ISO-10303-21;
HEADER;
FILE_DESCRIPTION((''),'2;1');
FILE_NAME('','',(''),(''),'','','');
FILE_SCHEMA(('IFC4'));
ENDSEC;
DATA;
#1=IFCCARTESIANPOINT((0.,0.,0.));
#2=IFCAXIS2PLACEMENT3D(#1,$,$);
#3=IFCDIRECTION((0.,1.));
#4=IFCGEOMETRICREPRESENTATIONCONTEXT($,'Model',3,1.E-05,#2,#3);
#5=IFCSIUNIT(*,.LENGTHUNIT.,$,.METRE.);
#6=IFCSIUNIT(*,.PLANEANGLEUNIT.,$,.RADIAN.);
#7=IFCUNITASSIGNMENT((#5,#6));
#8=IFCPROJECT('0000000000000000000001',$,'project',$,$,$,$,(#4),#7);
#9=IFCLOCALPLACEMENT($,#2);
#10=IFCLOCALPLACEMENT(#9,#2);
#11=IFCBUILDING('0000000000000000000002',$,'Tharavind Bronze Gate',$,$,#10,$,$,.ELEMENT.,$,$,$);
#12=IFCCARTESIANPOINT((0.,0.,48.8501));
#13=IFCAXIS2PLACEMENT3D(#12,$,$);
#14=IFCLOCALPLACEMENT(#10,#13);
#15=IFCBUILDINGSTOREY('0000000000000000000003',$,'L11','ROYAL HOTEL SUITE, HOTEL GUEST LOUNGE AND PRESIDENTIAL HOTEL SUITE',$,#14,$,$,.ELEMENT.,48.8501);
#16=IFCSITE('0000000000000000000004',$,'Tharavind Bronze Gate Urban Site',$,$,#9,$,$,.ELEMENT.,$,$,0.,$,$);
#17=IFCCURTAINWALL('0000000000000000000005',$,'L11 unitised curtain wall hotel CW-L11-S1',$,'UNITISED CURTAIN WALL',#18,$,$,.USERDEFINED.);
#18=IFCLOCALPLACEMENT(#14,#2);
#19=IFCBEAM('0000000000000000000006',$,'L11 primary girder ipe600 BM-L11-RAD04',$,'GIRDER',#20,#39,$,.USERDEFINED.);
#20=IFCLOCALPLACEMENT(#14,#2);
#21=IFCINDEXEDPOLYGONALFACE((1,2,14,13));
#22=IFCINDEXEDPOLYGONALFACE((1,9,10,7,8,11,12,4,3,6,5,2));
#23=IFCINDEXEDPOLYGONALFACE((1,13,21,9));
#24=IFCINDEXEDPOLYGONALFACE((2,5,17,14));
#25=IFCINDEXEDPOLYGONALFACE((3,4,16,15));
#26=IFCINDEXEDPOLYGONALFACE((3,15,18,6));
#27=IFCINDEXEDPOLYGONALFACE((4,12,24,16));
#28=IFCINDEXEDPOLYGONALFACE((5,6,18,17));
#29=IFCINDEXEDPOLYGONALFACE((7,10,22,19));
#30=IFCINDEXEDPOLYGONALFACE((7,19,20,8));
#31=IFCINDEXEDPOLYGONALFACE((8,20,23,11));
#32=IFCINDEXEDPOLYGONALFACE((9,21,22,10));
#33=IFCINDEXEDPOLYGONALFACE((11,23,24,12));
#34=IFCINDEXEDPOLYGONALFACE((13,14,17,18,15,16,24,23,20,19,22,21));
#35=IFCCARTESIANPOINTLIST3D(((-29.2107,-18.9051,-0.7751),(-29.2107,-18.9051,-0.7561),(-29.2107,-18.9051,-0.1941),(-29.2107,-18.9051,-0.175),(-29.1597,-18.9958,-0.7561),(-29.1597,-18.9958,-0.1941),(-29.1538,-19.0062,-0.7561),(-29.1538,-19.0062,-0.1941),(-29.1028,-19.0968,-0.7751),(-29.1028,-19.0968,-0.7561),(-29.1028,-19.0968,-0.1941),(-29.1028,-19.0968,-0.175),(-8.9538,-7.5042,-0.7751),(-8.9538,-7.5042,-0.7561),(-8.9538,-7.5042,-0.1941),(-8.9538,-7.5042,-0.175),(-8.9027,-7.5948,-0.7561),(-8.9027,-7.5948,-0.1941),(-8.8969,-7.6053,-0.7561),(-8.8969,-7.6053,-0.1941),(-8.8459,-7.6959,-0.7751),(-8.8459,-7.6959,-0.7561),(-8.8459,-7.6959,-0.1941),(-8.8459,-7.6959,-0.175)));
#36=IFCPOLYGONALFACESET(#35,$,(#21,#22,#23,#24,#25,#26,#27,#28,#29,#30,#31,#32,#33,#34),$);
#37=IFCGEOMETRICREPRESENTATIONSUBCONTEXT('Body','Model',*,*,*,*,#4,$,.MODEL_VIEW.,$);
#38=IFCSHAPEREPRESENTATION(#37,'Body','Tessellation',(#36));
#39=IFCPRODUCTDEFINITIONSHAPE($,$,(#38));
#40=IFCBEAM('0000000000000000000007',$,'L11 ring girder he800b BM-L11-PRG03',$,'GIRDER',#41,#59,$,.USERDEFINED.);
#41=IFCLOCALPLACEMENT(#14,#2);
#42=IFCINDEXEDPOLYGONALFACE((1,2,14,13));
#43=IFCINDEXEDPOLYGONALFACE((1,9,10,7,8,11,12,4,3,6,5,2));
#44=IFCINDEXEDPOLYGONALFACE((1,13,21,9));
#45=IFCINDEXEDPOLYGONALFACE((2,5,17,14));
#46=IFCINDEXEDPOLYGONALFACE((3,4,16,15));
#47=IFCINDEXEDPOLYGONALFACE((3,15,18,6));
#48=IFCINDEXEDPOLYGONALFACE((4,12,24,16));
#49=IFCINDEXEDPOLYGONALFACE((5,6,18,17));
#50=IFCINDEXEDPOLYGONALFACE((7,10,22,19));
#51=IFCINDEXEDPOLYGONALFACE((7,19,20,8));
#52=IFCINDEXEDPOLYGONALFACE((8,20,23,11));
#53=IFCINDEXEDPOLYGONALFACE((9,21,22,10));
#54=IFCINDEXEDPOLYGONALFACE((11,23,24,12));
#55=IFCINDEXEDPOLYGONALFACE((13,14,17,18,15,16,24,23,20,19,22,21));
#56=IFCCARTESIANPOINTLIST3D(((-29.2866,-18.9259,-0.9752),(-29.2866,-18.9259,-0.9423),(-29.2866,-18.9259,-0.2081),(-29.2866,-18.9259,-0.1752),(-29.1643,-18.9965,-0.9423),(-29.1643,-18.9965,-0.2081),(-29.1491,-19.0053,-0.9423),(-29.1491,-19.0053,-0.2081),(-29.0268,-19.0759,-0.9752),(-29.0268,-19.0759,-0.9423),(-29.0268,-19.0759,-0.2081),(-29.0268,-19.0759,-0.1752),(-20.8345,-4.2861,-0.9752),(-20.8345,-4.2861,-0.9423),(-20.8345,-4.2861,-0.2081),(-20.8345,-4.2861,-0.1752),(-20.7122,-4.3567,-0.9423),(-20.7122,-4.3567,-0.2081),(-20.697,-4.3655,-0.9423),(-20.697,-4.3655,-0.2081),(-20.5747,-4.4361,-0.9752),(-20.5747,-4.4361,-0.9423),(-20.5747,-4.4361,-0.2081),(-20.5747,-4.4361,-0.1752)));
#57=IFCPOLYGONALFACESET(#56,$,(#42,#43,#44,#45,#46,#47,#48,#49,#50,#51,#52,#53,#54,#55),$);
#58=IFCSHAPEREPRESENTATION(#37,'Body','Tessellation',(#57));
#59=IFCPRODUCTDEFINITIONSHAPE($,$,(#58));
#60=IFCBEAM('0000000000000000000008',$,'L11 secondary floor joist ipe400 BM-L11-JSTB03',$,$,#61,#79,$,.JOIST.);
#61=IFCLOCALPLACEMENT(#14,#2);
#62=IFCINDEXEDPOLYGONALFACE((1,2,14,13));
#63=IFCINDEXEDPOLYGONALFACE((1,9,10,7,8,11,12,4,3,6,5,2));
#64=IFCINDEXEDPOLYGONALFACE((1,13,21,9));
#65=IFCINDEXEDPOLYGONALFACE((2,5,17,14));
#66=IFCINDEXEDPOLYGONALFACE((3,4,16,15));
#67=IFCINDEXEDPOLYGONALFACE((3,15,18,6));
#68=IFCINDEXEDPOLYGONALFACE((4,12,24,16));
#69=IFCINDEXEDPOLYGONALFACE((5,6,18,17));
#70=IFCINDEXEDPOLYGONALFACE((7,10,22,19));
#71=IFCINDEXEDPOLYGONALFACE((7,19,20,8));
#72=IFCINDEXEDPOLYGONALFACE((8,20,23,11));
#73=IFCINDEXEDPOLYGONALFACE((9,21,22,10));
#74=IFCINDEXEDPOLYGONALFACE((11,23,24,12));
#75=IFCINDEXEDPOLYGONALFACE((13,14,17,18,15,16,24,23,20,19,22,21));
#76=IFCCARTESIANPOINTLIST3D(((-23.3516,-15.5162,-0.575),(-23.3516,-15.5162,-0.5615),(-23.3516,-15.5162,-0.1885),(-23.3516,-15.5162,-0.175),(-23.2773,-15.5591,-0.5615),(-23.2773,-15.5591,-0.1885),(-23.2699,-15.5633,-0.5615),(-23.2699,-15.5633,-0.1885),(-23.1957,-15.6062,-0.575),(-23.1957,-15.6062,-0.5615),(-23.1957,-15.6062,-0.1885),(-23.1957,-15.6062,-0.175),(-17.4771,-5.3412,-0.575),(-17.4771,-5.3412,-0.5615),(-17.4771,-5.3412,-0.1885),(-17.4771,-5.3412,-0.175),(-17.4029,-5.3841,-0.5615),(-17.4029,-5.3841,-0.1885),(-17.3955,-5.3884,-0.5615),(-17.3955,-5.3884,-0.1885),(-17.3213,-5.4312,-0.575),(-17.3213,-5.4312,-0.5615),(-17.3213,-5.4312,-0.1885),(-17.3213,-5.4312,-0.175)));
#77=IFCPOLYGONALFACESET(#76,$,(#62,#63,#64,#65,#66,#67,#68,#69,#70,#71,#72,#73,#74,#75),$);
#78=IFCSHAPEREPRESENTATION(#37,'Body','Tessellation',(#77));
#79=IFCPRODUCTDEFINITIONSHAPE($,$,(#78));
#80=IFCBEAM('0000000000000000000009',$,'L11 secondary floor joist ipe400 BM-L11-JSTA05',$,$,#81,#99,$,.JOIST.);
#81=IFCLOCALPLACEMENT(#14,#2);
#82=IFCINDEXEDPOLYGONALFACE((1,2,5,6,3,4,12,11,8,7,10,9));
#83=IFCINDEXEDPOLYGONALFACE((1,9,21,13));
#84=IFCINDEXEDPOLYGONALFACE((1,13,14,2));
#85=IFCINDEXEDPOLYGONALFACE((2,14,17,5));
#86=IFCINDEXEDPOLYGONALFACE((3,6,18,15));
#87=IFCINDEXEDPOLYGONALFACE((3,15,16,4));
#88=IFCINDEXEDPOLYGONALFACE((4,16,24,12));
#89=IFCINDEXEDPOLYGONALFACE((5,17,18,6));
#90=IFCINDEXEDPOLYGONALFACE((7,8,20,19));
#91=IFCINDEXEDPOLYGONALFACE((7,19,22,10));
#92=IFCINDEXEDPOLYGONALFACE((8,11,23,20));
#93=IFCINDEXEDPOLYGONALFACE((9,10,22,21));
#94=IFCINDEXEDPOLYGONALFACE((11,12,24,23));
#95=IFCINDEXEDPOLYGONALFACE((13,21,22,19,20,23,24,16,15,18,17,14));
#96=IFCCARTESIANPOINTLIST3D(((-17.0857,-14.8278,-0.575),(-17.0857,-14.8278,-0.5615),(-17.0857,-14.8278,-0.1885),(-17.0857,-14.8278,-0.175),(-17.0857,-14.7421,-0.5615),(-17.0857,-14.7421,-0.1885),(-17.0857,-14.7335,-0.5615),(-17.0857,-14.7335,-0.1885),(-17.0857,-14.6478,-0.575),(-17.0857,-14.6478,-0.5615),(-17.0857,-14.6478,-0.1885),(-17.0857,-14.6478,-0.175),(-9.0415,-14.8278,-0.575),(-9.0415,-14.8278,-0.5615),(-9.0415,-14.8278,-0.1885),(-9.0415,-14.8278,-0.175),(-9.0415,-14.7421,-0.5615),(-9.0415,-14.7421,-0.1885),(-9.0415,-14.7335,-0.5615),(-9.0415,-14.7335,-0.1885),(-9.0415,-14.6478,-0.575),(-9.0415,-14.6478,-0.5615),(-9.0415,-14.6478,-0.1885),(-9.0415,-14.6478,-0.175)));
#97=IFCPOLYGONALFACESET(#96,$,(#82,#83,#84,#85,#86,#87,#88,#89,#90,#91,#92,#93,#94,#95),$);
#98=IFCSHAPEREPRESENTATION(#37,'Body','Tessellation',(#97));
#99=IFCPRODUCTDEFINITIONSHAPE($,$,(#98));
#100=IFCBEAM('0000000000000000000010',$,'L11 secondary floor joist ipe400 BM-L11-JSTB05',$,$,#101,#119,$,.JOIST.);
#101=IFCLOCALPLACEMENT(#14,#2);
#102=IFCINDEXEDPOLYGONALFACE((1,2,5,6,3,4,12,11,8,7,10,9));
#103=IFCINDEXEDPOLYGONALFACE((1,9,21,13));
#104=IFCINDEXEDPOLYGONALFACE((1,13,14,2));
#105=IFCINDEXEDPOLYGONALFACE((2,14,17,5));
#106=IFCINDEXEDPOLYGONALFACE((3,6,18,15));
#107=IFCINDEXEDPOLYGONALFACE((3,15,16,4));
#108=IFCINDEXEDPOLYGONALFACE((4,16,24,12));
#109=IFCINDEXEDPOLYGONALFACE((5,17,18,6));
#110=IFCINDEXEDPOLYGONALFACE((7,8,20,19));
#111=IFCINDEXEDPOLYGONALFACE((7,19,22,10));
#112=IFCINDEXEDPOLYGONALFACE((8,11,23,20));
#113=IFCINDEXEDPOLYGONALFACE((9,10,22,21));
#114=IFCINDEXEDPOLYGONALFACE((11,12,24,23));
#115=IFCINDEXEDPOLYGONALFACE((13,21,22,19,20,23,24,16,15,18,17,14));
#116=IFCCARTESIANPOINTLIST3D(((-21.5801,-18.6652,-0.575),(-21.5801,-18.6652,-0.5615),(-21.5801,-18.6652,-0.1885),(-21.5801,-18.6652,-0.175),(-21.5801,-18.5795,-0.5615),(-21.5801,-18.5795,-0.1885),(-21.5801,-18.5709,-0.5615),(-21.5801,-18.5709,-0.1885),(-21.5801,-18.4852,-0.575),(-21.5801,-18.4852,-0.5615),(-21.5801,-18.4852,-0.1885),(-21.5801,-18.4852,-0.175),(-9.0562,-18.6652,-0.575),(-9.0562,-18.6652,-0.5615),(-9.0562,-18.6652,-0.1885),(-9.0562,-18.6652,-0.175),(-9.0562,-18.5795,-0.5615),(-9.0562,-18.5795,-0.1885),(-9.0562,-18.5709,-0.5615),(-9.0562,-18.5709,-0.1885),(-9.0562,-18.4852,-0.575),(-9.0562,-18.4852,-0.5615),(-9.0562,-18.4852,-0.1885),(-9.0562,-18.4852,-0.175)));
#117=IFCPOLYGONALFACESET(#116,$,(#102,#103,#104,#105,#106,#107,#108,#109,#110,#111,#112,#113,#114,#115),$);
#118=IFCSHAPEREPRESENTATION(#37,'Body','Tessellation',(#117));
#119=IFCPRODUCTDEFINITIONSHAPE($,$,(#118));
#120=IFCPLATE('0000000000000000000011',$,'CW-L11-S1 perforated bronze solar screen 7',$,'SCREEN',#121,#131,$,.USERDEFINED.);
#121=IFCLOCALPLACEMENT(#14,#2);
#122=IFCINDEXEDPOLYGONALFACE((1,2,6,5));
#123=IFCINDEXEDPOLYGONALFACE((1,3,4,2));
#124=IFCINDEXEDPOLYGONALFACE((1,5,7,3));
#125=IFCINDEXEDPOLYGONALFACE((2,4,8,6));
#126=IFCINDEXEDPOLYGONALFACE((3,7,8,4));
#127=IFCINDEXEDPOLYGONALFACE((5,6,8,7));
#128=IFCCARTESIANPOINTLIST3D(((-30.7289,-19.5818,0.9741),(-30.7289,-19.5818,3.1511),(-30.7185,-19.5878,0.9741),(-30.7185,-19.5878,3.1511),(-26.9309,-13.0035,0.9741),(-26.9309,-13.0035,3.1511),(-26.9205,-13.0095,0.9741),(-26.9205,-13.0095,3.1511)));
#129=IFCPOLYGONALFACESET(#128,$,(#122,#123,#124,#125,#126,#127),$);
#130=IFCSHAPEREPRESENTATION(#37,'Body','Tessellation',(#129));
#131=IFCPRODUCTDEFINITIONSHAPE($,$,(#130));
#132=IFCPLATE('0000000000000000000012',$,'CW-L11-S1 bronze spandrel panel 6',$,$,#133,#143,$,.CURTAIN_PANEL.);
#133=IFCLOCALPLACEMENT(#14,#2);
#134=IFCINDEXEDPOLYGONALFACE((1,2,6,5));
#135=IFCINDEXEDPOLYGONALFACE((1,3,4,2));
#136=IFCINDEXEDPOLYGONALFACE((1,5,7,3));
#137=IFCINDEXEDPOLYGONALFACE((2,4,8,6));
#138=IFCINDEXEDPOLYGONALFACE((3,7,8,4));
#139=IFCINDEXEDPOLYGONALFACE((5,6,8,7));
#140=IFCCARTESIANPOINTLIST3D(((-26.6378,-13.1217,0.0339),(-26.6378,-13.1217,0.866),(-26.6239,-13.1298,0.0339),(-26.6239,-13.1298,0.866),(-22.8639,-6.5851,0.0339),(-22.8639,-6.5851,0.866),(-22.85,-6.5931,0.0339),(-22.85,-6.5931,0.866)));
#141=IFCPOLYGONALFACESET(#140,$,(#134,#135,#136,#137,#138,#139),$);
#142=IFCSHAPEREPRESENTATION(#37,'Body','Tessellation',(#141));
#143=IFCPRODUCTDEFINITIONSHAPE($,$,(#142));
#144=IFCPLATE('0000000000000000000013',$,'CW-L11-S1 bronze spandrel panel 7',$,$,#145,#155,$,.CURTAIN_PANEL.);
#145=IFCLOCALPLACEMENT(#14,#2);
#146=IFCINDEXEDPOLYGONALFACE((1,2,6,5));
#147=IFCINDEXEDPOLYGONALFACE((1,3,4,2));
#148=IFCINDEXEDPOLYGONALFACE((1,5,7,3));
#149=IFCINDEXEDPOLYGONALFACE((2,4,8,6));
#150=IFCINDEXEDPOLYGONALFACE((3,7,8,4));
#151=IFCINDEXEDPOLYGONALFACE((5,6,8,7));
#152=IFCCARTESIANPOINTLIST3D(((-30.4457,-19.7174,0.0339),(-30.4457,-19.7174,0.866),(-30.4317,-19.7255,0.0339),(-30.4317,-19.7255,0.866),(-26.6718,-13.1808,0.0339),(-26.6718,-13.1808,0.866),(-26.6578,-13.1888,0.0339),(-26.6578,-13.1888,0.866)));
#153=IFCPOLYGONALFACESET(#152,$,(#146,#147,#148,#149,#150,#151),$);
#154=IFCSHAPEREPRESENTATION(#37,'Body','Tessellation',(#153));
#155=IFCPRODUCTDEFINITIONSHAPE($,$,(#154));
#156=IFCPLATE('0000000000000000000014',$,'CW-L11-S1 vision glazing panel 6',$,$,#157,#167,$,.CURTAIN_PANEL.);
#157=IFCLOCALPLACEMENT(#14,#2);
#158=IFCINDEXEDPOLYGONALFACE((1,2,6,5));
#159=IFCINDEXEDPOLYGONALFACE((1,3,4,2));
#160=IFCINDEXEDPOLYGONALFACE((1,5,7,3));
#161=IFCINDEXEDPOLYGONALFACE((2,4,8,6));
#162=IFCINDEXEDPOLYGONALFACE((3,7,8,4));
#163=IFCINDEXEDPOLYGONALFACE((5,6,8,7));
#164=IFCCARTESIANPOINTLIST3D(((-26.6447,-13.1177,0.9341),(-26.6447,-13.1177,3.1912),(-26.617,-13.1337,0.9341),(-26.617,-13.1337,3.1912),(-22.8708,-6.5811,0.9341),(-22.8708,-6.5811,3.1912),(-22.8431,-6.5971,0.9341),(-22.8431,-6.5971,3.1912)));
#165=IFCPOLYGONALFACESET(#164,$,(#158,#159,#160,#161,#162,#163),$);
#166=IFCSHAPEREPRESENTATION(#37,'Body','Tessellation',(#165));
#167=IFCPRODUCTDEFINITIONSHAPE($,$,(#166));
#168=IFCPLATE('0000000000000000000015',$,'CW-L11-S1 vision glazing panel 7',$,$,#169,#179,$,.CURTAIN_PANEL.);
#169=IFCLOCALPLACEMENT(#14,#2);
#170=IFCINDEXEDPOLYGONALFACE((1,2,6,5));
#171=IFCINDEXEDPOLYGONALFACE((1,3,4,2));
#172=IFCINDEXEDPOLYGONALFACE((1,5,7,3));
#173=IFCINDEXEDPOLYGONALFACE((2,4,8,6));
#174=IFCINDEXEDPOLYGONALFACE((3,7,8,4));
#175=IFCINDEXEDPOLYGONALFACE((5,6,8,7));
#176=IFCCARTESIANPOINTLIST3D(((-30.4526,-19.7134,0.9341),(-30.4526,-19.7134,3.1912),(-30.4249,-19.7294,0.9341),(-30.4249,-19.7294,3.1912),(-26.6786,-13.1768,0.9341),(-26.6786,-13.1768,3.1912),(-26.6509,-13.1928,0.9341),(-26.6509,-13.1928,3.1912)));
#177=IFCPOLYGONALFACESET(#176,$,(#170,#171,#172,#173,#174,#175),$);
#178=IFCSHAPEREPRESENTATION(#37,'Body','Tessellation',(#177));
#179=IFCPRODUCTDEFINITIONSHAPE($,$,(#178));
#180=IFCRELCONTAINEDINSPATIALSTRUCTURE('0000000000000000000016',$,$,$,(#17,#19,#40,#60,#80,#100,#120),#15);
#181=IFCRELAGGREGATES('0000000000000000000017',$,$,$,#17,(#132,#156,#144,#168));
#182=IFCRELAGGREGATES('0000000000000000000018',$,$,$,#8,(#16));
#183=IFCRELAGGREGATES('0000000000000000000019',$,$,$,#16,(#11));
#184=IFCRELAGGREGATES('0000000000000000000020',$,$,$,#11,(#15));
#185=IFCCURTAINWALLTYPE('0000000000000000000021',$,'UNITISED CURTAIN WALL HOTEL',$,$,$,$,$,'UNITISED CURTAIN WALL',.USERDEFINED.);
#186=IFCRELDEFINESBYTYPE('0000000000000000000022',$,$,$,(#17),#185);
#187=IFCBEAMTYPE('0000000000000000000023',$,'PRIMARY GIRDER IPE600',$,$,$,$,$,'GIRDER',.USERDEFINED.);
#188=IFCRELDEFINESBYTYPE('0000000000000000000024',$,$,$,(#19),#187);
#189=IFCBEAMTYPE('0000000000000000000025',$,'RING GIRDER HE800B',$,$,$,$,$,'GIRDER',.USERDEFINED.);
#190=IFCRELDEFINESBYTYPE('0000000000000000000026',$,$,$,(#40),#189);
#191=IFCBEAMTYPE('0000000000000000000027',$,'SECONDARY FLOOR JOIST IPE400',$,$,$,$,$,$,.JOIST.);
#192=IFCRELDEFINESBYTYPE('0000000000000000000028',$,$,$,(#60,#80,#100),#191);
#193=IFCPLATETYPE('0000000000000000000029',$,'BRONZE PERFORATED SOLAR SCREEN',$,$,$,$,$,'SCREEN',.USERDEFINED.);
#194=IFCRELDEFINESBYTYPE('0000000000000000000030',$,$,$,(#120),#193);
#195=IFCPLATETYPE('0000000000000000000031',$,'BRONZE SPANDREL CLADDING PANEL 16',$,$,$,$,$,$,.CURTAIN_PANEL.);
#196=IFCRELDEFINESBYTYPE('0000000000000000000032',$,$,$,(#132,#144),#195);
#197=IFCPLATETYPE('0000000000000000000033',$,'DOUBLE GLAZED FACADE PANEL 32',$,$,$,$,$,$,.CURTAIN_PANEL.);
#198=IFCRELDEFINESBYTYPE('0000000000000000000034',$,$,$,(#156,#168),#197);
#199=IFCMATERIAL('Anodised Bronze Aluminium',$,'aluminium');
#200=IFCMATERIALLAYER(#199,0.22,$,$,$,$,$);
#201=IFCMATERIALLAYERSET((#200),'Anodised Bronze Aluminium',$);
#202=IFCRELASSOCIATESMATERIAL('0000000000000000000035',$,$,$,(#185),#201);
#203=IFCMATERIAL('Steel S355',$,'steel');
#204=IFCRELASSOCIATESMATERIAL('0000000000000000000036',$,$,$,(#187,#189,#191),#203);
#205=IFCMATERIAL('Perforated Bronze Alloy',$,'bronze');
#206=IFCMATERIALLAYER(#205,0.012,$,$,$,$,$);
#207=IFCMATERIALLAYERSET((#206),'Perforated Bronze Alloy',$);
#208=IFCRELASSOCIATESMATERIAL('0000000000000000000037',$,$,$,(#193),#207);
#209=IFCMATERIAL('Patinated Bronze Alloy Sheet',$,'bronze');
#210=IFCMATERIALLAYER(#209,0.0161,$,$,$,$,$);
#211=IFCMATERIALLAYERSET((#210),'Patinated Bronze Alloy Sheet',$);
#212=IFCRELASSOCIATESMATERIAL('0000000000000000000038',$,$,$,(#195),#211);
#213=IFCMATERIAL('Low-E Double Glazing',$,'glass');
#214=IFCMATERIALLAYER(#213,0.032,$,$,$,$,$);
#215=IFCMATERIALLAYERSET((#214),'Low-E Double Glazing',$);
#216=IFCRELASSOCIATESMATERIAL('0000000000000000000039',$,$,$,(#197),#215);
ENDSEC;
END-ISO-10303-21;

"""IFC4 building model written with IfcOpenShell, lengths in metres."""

from ifc_helpers import new_model, si_unit, direction, frame, origin, origin_2d, place, context, subcontext, project, spatial, rectangle, i_section, extrude, material, layer, layer_set, material_profile, profile_set, type_object, element, aggregate, save


model = new_model("IFC4")

# Units and contexts
model_context = context("Model", 3, precision=1e-05, world=origin(), true_north=direction((0.0, 1.0)))
body_context = subcontext(model_context, "Body", "Model", "MODEL_VIEW")
ifc_project = project(units=[si_unit("LENGTHUNIT", "METRE"), si_unit("PLANEANGLEUNIT", "RADIAN")], contexts=[model_context])

# Site, building, storey
site_placement = place(None, origin())
site = spatial("IfcSite", under=ifc_project, at=site_placement, Name="Tharavind Bronze Gate Urban Site", CompositionType="ELEMENT", RefElevation=0.0)
building_placement = place(site_placement, origin())
building = spatial("IfcBuilding", under=site, at=building_placement, Name="Tharavind Bronze Gate", CompositionType="ELEMENT")
storey_placement = place(building_placement, frame((0.0, 0.0, 48.8501)))
storey = spatial("IfcBuildingStorey", under=building, at=storey_placement, Name="L11", Description="ROYAL HOTEL SUITE, HOTEL GUEST LOUNGE AND PRESIDENTIAL HOTEL SUITE", CompositionType="ELEMENT", Elevation=48.8501)

# Curtain wall
ifc_material_1 = material(Name="Anodised Bronze Aluminium", Category="aluminium")
ifc_layer_1 = layer(ifc_material_1, 0.22)
ifc_layer_set_1 = layer_set([ifc_layer_1], Name="Anodised Bronze Aluminium")
curtain_wall_type = type_object("IfcCurtainWallType", Name="UNITISED CURTAIN WALL HOTEL", ElementType="UNITISED CURTAIN WALL", PredefinedType="USERDEFINED", material=ifc_layer_set_1)
curtain_wall_placement = place(storey_placement, origin())
curtain_wall = element("IfcCurtainWall", 1, at=curtain_wall_placement, inside=storey, type_object=curtain_wall_type, Name="L11 unitised curtain wall hotel CW-L11-S1", ObjectType="UNITISED CURTAIN WALL", PredefinedType="USERDEFINED")

# Beams
ifc_material_2 = material(Name="Steel S355", Category="steel")
ifc_material_profile_1 = material_profile(ifc_material_2, i_section(OverallWidth=0.22, OverallDepth=0.6001, WebThickness=0.012, FlangeThickness=0.019, at=origin_2d()), Name="IPE600")
ifc_profile_set_1 = profile_set([ifc_material_profile_1], Name="Steel S355")
beam_type_1 = type_object("IfcBeamType", Name="PRIMARY GIRDER IPE600", ElementType="GIRDER", PredefinedType="USERDEFINED", material=ifc_profile_set_1)
beam_1_placement = place(storey_placement, frame((-29.1567, -19.001, -0.4751), z_axis=(0.871458, 0.490471, 0.0), x_axis=(-0.490471, 0.871458, 0.0)))
element("IfcBeam", 2, at=beam_1_placement, inside=storey, type_object=beam_type_1, Name="L11 primary girder ipe600 BM-L11-RAD04", ObjectType="GIRDER", PredefinedType="USERDEFINED", context=body_context, shape_type="SweptSolid", body=[
    extrude(i_section(OverallWidth=0.22, OverallDepth=0.6001, WebThickness=0.012, FlangeThickness=0.019, at=origin_2d()), origin(), (0.0, 0.0, 1.0), 23.2449),
])
ifc_material_profile_2 = material_profile(ifc_material_2, i_section(OverallWidth=0.3, OverallDepth=0.8, WebThickness=0.0176, FlangeThickness=0.033, at=origin_2d()), Name="HE800B")
ifc_profile_set_2 = profile_set([ifc_material_profile_2], Name="Steel S355")
beam_type_2 = type_object("IfcBeamType", Name="RING GIRDER HE800B", ElementType="GIRDER", PredefinedType="USERDEFINED", material=ifc_profile_set_2)
beam_2_placement = place(storey_placement, frame((-20.7046, -4.3611, -0.5752), z_axis=(-0.499991, -0.86603, 0.0), x_axis=(0.86603, -0.499991, 0.0)))
element("IfcBeam", 3, at=beam_2_placement, inside=storey, type_object=beam_type_2, Name="L11 ring girder he800b BM-L11-PRG03", ObjectType="GIRDER", PredefinedType="USERDEFINED", context=body_context, shape_type="SweptSolid", body=[
    extrude(i_section(OverallWidth=0.3, OverallDepth=0.8, WebThickness=0.0176, FlangeThickness=0.033, at=origin_2d()), origin(), (0.0, 0.0, 1.0), 16.9045),
])
ifc_material_profile_3 = material_profile(ifc_material_2, i_section(OverallWidth=0.1799, OverallDepth=0.3999, WebThickness=0.0085, FlangeThickness=0.0134, at=origin_2d()), Name="IPE400")
ifc_profile_set_3 = profile_set([ifc_material_profile_3], Name="Steel S355")
beam_type_3 = type_object("IfcBeamType", Name="SECONDARY FLOOR JOIST IPE400", PredefinedType="JOIST", material=ifc_profile_set_3)
beam_3_placement = place(storey_placement, frame((-17.3992, -5.3862, -0.375), z_axis=(-0.499996, -0.866027, 0.0), x_axis=(0.866027, -0.499996, 0.0)))
element("IfcBeam", 4, at=beam_3_placement, inside=storey, type_object=beam_type_3, Name="L11 secondary floor joist ipe400 BM-L11-JSTB03", PredefinedType="JOIST", context=body_context, shape_type="SweptSolid", body=[
    extrude(i_section(OverallWidth=0.1799, OverallDepth=0.3999, WebThickness=0.0085, FlangeThickness=0.0134, at=origin_2d()), origin(), (0.0, 0.0, 1.0), 11.749),
])
beam_4_placement = place(storey_placement, frame((-17.0857, -14.7378, -0.375), z_axis=(1.0, 0.0, 0.0), x_axis=(0.0, 1.0, 0.0)))
element("IfcBeam", 5, at=beam_4_placement, inside=storey, type_object=beam_type_3, Name="L11 secondary floor joist ipe400 BM-L11-JSTA05", PredefinedType="JOIST", context=body_context, shape_type="SweptSolid", body=[
    extrude(i_section(OverallWidth=0.1799, OverallDepth=0.3999, WebThickness=0.0085, FlangeThickness=0.0134, at=origin_2d()), origin(), (0.0, 0.0, 1.0), 8.0442),
])
beam_5_placement = place(storey_placement, frame((-21.5801, -18.5752, -0.375), z_axis=(1.0, 0.0, 0.0), x_axis=(0.0, 1.0, 0.0)))
element("IfcBeam", 6, at=beam_5_placement, inside=storey, type_object=beam_type_3, Name="L11 secondary floor joist ipe400 BM-L11-JSTB05", PredefinedType="JOIST", context=body_context, shape_type="SweptSolid", body=[
    extrude(i_section(OverallWidth=0.1799, OverallDepth=0.3999, WebThickness=0.0085, FlangeThickness=0.0134, at=origin_2d()), origin(), (0.0, 0.0, 1.0), 12.5239),
])

# Plates
ifc_material_3 = material(Name="Perforated Bronze Alloy", Category="bronze")
ifc_layer_2 = layer(ifc_material_3, 0.012)
ifc_layer_set_2 = layer_set([ifc_layer_2], Name="Perforated Bronze Alloy")
plate_type_1 = type_object("IfcPlateType", Name="BRONZE PERFORATED SOLAR SCREEN", ElementType="SCREEN", PredefinedType="USERDEFINED", material=ifc_layer_set_2)
plate_1_placement = place(storey_placement, frame((-28.8247, -16.2957, 0.9741), z_axis=(0.0, 0.0, 1.0), x_axis=(-0.500002, -0.866025, 0.0)))
element("IfcPlate", 7, at=plate_1_placement, inside=storey, type_object=plate_type_1, Name="CW-L11-S1 perforated bronze solar screen 7", ObjectType="SCREEN", PredefinedType="USERDEFINED", context=body_context, shape_type="SweptSolid", body=[
    extrude(rectangle(XDim=7.5959, YDim=0.012, at=origin_2d()), origin(), (0.0, 0.0, 1.0), 2.177),
])
ifc_material_4 = material(Name="Patinated Bronze Alloy Sheet", Category="bronze")
ifc_layer_3 = layer(ifc_material_4, 0.0161)
ifc_layer_set_3 = layer_set([ifc_layer_3], Name="Patinated Bronze Alloy Sheet")
plate_type_2 = type_object("IfcPlateType", Name="BRONZE SPANDREL CLADDING PANEL 16", PredefinedType="CURTAIN_PANEL", material=ifc_layer_set_3)
plate_2_placement = place(storey_placement, frame((-24.7439, -9.8574, 0.0339), z_axis=(0.0, 0.0, 1.0), x_axis=(-0.500002, -0.866025, 0.0)))
plate_2 = element("IfcPlate", 8, at=plate_2_placement, type_object=plate_type_2, Name="CW-L11-S1 bronze spandrel panel 6", PredefinedType="CURTAIN_PANEL", context=body_context, shape_type="SweptSolid", body=[
    extrude(rectangle(XDim=7.5479, YDim=0.0161, at=origin_2d()), origin(), (0.0, 0.0, 1.0), 0.832),
])
plate_3_placement = place(storey_placement, frame((-28.5518, -16.4531, 0.0339), z_axis=(0.0, 0.0, 1.0), x_axis=(-0.500002, -0.866025, 0.0)))
plate_3 = element("IfcPlate", 9, at=plate_3_placement, type_object=plate_type_2, Name="CW-L11-S1 bronze spandrel panel 7", PredefinedType="CURTAIN_PANEL", context=body_context, shape_type="SweptSolid", body=[
    extrude(rectangle(XDim=7.5479, YDim=0.0161, at=origin_2d()), origin(), (0.0, 0.0, 1.0), 0.832),
])
ifc_material_5 = material(Name="Low-E Double Glazing", Category="glass")
ifc_layer_4 = layer(ifc_material_5, 0.032)
ifc_layer_set_4 = layer_set([ifc_layer_4], Name="Low-E Double Glazing")
plate_type_3 = type_object("IfcPlateType", Name="DOUBLE GLAZED FACADE PANEL 32", PredefinedType="CURTAIN_PANEL", material=ifc_layer_set_4)
plate_4_placement = place(storey_placement, frame((-24.7439, -9.8574, 0.9341), z_axis=(0.0, 0.0, 1.0), x_axis=(-0.500002, -0.866025, 0.0)))
plate_4 = element("IfcPlate", 10, at=plate_4_placement, type_object=plate_type_3, Name="CW-L11-S1 vision glazing panel 6", PredefinedType="CURTAIN_PANEL", context=body_context, shape_type="SweptSolid", body=[
    extrude(rectangle(XDim=7.5479, YDim=0.032, at=origin_2d()), origin(), (0.0, 0.0, 1.0), 2.2571),
])
plate_5_placement = place(storey_placement, frame((-28.5518, -16.4531, 0.9341), z_axis=(0.0, 0.0, 1.0), x_axis=(-0.500002, -0.866025, 0.0)))
plate_5 = element("IfcPlate", 11, at=plate_5_placement, type_object=plate_type_3, Name="CW-L11-S1 vision glazing panel 7", PredefinedType="CURTAIN_PANEL", context=body_context, shape_type="SweptSolid", body=[
    extrude(rectangle(XDim=7.5479, YDim=0.032, at=origin_2d()), origin(), (0.0, 0.0, 1.0), 2.2571),
])
aggregate(curtain_wall, [plate_2, plate_4, plate_3, plate_5])

save(model, "model.ifc")
